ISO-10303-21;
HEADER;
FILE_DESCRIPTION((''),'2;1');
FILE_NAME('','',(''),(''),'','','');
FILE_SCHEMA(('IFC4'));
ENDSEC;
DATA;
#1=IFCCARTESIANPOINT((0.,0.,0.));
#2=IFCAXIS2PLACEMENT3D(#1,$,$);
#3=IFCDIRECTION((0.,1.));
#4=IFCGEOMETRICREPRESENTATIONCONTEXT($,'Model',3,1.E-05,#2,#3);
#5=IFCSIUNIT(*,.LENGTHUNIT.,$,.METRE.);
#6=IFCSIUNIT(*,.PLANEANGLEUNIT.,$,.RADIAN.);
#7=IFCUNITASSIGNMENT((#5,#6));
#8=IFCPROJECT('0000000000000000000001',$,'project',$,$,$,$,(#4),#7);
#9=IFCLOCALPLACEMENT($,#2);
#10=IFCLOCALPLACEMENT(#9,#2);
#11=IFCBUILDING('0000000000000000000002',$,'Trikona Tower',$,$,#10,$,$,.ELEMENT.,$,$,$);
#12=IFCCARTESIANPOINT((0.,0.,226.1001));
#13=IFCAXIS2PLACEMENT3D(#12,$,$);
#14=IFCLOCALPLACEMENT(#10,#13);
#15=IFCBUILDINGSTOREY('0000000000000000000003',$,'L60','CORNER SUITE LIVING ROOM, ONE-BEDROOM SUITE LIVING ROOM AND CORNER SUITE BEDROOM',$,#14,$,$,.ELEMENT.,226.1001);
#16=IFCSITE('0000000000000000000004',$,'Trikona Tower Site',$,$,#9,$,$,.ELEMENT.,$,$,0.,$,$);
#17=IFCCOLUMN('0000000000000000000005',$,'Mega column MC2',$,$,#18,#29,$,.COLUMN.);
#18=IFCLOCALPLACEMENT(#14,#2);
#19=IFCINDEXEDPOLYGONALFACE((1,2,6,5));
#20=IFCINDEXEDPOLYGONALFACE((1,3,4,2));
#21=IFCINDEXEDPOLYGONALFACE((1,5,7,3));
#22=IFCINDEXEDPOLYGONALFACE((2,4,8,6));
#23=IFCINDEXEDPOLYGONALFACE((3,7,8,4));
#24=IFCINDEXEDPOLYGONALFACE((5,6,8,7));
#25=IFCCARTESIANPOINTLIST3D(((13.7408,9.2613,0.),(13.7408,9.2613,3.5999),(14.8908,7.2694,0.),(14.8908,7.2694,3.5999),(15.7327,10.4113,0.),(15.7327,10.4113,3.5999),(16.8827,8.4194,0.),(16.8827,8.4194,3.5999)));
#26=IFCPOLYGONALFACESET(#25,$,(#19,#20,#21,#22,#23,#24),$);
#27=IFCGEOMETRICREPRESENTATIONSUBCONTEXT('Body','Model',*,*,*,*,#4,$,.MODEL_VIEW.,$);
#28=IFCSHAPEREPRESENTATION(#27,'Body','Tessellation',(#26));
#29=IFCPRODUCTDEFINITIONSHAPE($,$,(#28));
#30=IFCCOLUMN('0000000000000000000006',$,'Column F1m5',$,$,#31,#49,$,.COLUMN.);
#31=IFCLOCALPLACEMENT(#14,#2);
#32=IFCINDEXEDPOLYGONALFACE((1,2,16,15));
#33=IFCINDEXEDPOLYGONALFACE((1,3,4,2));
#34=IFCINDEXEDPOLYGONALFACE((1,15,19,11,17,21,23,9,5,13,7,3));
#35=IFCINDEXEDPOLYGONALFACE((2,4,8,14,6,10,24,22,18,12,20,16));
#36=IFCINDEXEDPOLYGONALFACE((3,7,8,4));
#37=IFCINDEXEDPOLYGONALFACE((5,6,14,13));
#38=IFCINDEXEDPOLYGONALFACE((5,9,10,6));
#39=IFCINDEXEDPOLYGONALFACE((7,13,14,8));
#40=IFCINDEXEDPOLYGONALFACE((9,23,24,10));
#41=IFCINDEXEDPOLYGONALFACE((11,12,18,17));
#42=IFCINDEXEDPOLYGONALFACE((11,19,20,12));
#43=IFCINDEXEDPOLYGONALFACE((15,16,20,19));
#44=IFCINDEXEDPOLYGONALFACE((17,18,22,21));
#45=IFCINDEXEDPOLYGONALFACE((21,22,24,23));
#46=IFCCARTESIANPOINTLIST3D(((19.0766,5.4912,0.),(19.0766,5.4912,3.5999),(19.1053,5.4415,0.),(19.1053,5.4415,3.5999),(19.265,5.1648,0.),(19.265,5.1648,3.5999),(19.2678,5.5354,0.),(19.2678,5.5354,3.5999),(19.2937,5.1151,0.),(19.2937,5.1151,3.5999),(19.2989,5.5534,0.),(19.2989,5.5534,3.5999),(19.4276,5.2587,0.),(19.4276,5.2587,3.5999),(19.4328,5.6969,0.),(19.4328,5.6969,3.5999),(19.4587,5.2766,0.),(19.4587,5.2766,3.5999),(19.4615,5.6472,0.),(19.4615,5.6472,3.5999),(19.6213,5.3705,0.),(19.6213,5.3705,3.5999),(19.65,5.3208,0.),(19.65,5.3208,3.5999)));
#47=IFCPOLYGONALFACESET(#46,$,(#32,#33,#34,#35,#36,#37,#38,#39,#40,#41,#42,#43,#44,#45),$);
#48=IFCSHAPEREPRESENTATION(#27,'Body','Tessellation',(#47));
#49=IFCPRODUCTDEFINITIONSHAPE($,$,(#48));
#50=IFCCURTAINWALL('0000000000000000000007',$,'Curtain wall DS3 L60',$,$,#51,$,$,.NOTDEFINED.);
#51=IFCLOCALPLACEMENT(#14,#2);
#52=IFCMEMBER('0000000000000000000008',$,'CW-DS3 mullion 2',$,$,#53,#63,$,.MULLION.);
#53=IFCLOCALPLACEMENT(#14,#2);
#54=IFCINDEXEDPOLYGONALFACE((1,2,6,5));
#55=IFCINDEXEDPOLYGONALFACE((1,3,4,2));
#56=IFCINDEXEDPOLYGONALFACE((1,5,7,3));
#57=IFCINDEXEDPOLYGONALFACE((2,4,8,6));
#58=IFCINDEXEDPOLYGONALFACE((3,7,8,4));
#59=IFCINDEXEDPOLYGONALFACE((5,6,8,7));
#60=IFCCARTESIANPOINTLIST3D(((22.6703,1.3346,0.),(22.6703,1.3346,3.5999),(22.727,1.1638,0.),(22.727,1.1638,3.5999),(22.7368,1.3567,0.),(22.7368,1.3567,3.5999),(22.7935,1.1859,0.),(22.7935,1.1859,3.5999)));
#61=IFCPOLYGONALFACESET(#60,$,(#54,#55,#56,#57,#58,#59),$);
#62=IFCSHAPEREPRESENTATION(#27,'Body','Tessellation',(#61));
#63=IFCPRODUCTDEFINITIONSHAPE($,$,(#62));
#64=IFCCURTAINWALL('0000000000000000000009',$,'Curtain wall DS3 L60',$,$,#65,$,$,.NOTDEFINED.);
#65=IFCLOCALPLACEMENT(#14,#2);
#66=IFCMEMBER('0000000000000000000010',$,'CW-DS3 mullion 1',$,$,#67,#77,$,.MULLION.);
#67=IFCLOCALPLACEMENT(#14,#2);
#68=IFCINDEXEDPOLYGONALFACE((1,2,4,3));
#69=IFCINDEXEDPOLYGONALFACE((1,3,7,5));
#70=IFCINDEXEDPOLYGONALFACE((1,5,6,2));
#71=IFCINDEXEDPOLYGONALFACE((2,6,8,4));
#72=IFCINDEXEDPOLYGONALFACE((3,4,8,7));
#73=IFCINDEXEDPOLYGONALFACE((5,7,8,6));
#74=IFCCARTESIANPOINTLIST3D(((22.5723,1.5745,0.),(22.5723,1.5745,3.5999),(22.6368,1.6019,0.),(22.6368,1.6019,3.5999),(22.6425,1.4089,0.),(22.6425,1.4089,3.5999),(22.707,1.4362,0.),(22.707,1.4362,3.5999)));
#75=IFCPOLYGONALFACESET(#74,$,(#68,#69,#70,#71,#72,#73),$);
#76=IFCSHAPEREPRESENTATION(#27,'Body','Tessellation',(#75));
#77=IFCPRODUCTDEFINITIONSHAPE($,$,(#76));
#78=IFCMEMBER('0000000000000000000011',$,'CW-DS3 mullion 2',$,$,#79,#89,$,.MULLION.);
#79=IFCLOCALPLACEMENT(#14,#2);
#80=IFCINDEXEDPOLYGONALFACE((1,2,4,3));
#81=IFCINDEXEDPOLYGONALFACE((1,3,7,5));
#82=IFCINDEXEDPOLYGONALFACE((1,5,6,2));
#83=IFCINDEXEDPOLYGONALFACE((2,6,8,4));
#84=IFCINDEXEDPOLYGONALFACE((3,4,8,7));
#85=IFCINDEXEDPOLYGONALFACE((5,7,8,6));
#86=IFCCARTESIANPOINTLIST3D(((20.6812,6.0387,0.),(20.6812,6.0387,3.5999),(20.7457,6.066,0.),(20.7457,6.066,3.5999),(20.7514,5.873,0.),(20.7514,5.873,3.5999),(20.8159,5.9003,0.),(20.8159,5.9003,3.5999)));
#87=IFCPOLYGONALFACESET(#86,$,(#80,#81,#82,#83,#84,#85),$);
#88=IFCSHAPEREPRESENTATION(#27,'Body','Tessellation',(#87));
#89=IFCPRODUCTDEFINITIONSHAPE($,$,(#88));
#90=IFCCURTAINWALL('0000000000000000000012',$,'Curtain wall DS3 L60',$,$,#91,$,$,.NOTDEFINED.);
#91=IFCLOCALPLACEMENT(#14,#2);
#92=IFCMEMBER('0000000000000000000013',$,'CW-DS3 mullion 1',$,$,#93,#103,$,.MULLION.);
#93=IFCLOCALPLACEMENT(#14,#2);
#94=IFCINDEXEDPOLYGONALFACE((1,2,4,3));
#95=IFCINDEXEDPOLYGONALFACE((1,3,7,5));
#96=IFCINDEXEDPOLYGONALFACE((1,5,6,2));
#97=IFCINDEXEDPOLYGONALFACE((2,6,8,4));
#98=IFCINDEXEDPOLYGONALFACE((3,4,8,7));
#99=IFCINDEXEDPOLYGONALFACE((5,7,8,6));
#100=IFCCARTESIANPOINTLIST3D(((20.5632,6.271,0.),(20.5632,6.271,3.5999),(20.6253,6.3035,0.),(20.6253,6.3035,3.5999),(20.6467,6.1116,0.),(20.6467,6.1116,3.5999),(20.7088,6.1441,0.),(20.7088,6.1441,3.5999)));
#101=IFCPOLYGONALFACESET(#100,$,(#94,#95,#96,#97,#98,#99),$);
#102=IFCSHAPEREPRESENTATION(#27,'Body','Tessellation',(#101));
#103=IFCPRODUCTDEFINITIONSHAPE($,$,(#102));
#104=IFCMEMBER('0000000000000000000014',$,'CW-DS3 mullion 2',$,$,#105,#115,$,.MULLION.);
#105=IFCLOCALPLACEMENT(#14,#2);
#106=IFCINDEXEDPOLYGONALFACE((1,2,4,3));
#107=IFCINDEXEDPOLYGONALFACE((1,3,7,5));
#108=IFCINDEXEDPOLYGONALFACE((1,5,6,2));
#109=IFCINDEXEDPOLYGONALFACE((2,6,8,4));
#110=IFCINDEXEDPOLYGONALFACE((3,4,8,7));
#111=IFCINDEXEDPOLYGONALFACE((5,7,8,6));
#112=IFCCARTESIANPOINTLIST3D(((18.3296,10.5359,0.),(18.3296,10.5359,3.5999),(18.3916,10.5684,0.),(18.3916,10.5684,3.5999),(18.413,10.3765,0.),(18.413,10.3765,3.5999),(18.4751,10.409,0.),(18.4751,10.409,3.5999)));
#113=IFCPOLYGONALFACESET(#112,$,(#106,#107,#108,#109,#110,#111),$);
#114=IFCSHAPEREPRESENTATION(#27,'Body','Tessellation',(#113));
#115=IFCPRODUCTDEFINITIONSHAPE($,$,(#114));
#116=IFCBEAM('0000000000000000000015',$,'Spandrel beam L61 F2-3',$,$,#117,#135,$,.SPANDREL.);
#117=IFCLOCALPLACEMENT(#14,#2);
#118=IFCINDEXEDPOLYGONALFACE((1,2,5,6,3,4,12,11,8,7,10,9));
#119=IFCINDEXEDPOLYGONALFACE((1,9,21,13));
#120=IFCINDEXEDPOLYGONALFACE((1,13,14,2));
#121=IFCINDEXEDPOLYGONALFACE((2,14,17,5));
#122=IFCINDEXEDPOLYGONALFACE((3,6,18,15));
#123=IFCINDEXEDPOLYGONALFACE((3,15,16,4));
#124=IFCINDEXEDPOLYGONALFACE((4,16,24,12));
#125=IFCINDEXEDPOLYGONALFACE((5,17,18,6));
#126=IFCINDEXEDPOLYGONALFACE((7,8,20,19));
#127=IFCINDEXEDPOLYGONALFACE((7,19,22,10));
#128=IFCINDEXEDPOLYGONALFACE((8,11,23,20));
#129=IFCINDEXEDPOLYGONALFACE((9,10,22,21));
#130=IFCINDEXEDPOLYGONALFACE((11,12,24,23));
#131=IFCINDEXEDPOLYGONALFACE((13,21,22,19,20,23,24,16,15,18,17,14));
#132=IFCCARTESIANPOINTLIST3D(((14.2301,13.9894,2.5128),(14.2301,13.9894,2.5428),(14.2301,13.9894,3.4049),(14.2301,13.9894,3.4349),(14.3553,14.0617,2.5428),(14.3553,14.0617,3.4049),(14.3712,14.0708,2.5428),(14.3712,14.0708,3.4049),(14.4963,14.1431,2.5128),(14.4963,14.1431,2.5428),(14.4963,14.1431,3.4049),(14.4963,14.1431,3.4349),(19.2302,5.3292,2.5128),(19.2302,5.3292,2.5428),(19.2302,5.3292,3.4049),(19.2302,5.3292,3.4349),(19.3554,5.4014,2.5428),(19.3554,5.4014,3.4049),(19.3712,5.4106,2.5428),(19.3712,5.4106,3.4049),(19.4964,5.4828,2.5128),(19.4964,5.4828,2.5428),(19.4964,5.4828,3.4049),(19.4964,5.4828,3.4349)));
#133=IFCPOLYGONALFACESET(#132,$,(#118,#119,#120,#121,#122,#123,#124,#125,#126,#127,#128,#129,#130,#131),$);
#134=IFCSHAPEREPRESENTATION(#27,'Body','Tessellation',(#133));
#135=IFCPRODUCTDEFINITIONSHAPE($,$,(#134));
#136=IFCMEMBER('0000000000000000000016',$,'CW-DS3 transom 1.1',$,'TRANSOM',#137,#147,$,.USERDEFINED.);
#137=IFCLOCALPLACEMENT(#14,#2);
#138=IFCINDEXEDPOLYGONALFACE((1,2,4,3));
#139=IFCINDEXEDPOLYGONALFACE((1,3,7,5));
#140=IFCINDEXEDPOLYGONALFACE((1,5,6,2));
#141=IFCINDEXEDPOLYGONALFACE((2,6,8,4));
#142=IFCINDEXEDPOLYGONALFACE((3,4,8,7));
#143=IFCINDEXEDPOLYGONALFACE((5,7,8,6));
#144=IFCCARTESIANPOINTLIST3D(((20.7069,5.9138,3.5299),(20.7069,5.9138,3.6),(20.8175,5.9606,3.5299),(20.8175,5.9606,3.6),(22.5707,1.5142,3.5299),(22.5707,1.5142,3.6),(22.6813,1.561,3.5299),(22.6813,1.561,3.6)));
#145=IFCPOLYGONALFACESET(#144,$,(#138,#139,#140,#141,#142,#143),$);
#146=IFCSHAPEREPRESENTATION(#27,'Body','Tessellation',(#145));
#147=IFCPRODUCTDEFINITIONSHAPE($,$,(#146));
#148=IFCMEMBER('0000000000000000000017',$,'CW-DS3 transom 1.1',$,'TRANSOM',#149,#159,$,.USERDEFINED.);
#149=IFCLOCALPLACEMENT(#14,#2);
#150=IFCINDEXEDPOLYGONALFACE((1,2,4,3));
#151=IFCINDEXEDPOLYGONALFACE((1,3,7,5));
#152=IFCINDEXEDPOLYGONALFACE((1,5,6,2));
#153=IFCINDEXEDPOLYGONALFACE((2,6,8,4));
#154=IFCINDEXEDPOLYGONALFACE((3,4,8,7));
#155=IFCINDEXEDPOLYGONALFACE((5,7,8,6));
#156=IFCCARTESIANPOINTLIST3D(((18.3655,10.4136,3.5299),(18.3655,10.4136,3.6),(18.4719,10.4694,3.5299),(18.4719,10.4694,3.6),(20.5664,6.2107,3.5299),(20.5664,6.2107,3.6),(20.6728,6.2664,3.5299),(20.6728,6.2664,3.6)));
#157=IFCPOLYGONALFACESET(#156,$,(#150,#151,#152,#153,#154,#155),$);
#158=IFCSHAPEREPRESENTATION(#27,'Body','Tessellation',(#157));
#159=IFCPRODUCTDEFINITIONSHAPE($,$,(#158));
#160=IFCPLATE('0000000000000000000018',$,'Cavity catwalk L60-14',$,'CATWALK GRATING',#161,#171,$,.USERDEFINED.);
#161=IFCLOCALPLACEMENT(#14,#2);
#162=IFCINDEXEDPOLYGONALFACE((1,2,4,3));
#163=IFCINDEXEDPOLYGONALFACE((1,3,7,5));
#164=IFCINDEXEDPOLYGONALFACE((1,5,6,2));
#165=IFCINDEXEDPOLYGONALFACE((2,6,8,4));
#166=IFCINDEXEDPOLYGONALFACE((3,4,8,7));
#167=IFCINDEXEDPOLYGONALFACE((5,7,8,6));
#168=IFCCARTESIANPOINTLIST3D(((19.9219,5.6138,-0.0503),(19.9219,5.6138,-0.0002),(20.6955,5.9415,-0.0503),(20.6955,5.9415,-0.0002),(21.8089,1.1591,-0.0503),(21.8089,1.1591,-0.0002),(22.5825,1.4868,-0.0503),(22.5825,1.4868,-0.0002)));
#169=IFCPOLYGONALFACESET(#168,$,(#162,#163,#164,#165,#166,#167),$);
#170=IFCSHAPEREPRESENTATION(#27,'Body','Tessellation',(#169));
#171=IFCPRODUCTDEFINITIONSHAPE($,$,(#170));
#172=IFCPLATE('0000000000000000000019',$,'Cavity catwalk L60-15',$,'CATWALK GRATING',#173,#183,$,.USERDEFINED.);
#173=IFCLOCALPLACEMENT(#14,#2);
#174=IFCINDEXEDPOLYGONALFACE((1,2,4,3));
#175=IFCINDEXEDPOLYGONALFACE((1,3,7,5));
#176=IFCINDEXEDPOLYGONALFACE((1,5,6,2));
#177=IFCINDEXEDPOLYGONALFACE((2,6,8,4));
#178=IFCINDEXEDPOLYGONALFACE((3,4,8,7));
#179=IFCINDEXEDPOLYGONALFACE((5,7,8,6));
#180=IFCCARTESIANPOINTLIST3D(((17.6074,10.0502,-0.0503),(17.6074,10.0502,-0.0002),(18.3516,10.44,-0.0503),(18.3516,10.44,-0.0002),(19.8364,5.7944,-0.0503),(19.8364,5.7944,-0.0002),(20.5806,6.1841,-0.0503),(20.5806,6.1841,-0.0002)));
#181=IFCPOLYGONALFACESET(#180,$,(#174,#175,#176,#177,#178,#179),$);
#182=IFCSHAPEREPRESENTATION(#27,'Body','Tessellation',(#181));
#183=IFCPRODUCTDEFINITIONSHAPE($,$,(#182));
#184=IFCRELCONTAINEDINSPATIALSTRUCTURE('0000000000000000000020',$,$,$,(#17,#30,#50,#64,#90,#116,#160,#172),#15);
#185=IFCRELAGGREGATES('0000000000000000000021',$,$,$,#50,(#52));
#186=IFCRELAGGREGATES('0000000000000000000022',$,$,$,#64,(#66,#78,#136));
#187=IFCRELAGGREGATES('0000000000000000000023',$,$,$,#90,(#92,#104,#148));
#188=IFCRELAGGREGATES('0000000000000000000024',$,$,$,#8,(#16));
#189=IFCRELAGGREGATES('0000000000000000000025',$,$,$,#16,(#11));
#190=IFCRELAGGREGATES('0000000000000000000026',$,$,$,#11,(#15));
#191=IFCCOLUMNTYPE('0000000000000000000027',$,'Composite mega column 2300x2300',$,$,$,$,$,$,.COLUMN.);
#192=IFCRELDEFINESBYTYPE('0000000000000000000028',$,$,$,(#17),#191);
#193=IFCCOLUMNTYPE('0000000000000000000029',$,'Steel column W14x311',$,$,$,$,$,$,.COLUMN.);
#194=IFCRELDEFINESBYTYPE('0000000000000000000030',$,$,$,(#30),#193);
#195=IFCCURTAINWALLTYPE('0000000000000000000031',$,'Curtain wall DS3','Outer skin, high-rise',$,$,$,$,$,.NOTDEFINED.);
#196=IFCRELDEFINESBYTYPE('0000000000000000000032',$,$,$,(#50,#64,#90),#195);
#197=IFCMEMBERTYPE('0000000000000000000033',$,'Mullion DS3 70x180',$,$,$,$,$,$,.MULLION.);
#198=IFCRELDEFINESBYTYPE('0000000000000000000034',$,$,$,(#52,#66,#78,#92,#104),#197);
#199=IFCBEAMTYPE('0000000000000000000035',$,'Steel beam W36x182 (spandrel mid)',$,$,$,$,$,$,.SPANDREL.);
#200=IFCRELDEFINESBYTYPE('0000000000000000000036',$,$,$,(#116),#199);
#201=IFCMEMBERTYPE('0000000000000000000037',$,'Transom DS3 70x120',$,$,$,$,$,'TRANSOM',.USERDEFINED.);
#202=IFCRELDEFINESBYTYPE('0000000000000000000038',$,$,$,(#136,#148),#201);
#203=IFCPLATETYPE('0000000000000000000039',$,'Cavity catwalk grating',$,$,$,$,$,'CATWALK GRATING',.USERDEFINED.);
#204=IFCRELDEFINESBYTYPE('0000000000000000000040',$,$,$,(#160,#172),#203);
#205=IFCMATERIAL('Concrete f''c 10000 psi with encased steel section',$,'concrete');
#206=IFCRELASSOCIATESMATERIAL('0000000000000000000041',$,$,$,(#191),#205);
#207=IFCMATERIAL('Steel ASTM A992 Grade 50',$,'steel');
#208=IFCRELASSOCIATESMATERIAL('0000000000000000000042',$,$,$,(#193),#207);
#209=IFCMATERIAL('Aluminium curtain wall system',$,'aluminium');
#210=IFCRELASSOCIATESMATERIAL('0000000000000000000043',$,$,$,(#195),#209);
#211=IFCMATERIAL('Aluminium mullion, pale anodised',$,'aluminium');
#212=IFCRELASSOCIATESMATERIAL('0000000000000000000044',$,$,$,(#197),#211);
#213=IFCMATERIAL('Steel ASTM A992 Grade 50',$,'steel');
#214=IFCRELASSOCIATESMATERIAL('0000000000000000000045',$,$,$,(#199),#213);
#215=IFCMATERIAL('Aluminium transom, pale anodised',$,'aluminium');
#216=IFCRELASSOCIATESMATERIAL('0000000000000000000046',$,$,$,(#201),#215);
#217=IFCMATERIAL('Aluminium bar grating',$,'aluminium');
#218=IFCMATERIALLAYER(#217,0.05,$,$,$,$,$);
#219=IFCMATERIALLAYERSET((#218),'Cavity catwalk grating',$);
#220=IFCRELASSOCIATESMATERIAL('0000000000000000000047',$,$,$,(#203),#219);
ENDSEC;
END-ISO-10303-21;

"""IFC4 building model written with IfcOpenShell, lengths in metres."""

from ifc_helpers import new_model, si_unit, direction, frame, origin, origin_2d, place, context, subcontext, project, spatial, rectangle, i_section, extrude, material, layer, layer_set, material_profile, profile_set, type_object, element, aggregate, save


model = new_model("IFC4")

# Units and contexts
model_context = context("Model", 3, precision=1e-05, world=origin(), true_north=direction((0.0, 1.0)))
body_context = subcontext(model_context, "Body", "Model", "MODEL_VIEW")
ifc_project = project(units=[si_unit("LENGTHUNIT", "METRE"), si_unit("PLANEANGLEUNIT", "RADIAN")], contexts=[model_context])

# Site, building, storey
site_placement = place(None, origin())
site = spatial("IfcSite", under=ifc_project, at=site_placement, Name="Trikona Tower Site", CompositionType="ELEMENT", RefElevation=0.0)
building_placement = place(site_placement, origin())
building = spatial("IfcBuilding", under=site, at=building_placement, Name="Trikona Tower", CompositionType="ELEMENT")
storey_placement = place(building_placement, frame((0.0, 0.0, 226.1001)))
storey = spatial("IfcBuildingStorey", under=building, at=storey_placement, Name="L60", Description="CORNER SUITE LIVING ROOM, ONE-BEDROOM SUITE LIVING ROOM AND CORNER SUITE BEDROOM", CompositionType="ELEMENT", Elevation=226.1001)

# Columns
ifc_material_1 = material(Name="Concrete f'c 10000 psi with encased steel section", Category="concrete")
ifc_material_profile_1 = material_profile(ifc_material_1, rectangle(XDim=2.3, YDim=2.3, at=origin_2d()), Name="MC2300")
ifc_profile_set_1 = profile_set([ifc_material_profile_1], Name="Concrete f'c 10000 psi with encased steel section")
column_type_1 = type_object("IfcColumnType", Name="Composite mega column 2300x2300", PredefinedType="COLUMN", material=ifc_profile_set_1)
column_1_placement = place(storey_placement, frame((15.3118, 8.8403, 0.0), z_axis=(0.0, 0.0, 1.0), x_axis=(0.866025, 0.5, 0.0)))
element("IfcColumn", 1, at=column_1_placement, inside=storey, type_object=column_type_1, Name="Mega column MC2", PredefinedType="COLUMN", context=body_context, shape_type="SweptSolid", body=[
    extrude(rectangle(XDim=2.3, YDim=2.3, at=origin_2d()), origin(), (0.0, 0.0, 1.0), 3.5999),
])
ifc_material_2 = material(Name="Steel ASTM A992 Grade 50", Category="steel")
ifc_material_profile_2 = material_profile(ifc_material_2, i_section(OverallWidth=0.4114, OverallDepth=0.4343, WebThickness=0.0359, FlangeThickness=0.0574, at=origin_2d()), Name="W14X311")
ifc_profile_set_2 = profile_set([ifc_material_profile_2], Name="Steel ASTM A992 Grade 50")
column_type_2 = type_object("IfcColumnType", Name="Steel column W14x311", PredefinedType="COLUMN", material=ifc_profile_set_2)
column_2_placement = place(storey_placement, frame((19.3633, 5.406, 0.0), z_axis=(0.0, 0.0, 1.0), x_axis=(0.866025, 0.5, 0.0)))
element("IfcColumn", 2, at=column_2_placement, inside=storey, type_object=column_type_2, Name="Column F1m5", PredefinedType="COLUMN", context=body_context, shape_type="SweptSolid", body=[
    extrude(i_section(OverallWidth=0.4114, OverallDepth=0.4343, WebThickness=0.0359, FlangeThickness=0.0574, at=origin_2d()), origin(), (0.0, 0.0, 1.0), 3.5999),
])

# Curtain wall, member
ifc_material_3 = material(Name="Aluminium curtain wall system", Category="aluminium")
curtain_wall_type = type_object("IfcCurtainWallType", Name="Curtain wall DS3", Description="Outer skin, high-rise", PredefinedType="NOTDEFINED", material=ifc_material_3)
curtain_wall_1_placement = place(storey_placement, origin())
curtain_wall_1 = element("IfcCurtainWall", 3, at=curtain_wall_1_placement, inside=storey, type_object=curtain_wall_type, Name="Curtain wall DS3 L60", PredefinedType="NOTDEFINED")
ifc_material_4 = material(Name="Aluminium mullion, pale anodised", Category="aluminium")
ifc_material_profile_3 = material_profile(ifc_material_4, rectangle(XDim=0.0701, YDim=0.1799, at=origin_2d()), Name="MUL-DS3")
ifc_profile_set_3 = profile_set([ifc_material_profile_3], Name="Aluminium mullion, pale anodised")
member_type_1 = type_object("IfcMemberType", Name="Mullion DS3 70x180", PredefinedType="MULLION", material=ifc_profile_set_3)
member_1_placement = place(storey_placement, frame((22.7319, 1.2603, 0.0), z_axis=(0.0, 0.0, 1.0), x_axis=(-0.949066, -0.315078, 0.0)))
member_1 = element("IfcMember", 4, at=member_1_placement, type_object=member_type_1, Name="CW-DS3 mullion 2", PredefinedType="MULLION", context=body_context, shape_type="SweptSolid", body=[
    extrude(rectangle(XDim=0.0701, YDim=0.1799, at=origin_2d()), origin(), (0.0, 0.0, 1.0), 3.5999),
])
aggregate(curtain_wall_1, [member_1])

# Curtain walls, members
curtain_wall_2_placement = place(storey_placement, origin())
curtain_wall_2 = element("IfcCurtainWall", 5, at=curtain_wall_2_placement, inside=storey, type_object=curtain_wall_type, Name="Curtain wall DS3 L60", PredefinedType="NOTDEFINED")
member_2_placement = place(storey_placement, frame((22.6396, 1.5054, 0.0), z_axis=(0.0, 0.0, 1.0), x_axis=(-0.920792, -0.390053, 0.0)))
member_2 = element("IfcMember", 6, at=member_2_placement, type_object=member_type_1, Name="CW-DS3 mullion 1", PredefinedType="MULLION", context=body_context, shape_type="SweptSolid", body=[
    extrude(rectangle(XDim=0.0701, YDim=0.1799, at=origin_2d()), origin(), (0.0, 0.0, 1.0), 3.5999),
])
member_3_placement = place(storey_placement, frame((20.7485, 5.9695, 0.0), z_axis=(0.0, 0.0, 1.0), x_axis=(-0.920792, -0.390053, 0.0)))
member_3 = element("IfcMember", 7, at=member_3_placement, type_object=member_type_1, Name="CW-DS3 mullion 2", PredefinedType="MULLION", context=body_context, shape_type="SweptSolid", body=[
    extrude(rectangle(XDim=0.0701, YDim=0.1799, at=origin_2d()), origin(), (0.0, 0.0, 1.0), 3.5999),
])
curtain_wall_3_placement = place(storey_placement, origin())
curtain_wall_3 = element("IfcCurtainWall", 8, at=curtain_wall_3_placement, inside=storey, type_object=curtain_wall_type, Name="Curtain wall DS3 L60", PredefinedType="NOTDEFINED")
member_4_placement = place(storey_placement, frame((20.636, 6.2075, 0.0), z_axis=(0.0, 0.0, 1.0), x_axis=(-0.885862, -0.463948, 0.0)))
member_4 = element("IfcMember", 9, at=member_4_placement, type_object=member_type_1, Name="CW-DS3 mullion 1", PredefinedType="MULLION", context=body_context, shape_type="SweptSolid", body=[
    extrude(rectangle(XDim=0.0701, YDim=0.1799, at=origin_2d()), origin(), (0.0, 0.0, 1.0), 3.5999),
])
member_5_placement = place(storey_placement, frame((18.4023, 10.4724, 0.0), z_axis=(0.0, 0.0, 1.0), x_axis=(-0.885862, -0.463948, 0.0)))
member_5 = element("IfcMember", 10, at=member_5_placement, type_object=member_type_1, Name="CW-DS3 mullion 2", PredefinedType="MULLION", context=body_context, shape_type="SweptSolid", body=[
    extrude(rectangle(XDim=0.0701, YDim=0.1799, at=origin_2d()), origin(), (0.0, 0.0, 1.0), 3.5999),
])

# Beam
ifc_material_5 = material(Name="Steel ASTM A992 Grade 50", Category="steel")
ifc_material_profile_4 = material_profile(ifc_material_5, i_section(OverallWidth=0.3074, OverallDepth=0.9221, WebThickness=0.0183, FlangeThickness=0.03, at=origin_2d()), Name="W36X182")
ifc_profile_set_4 = profile_set([ifc_material_profile_4], Name="Steel ASTM A992 Grade 50")
beam_type = type_object("IfcBeamType", Name="Steel beam W36x182 (spandrel mid)", PredefinedType="SPANDREL", material=ifc_profile_set_4)
beam_placement = place(storey_placement, frame((19.3633, 5.406, 2.9739), z_axis=(-0.500004, 0.866023, 0.0), x_axis=(-0.866023, -0.500004, 0.0)))
element("IfcBeam", 11, at=beam_placement, inside=storey, type_object=beam_type, Name="Spandrel beam L61 F2-3", PredefinedType="SPANDREL", context=body_context, shape_type="SweptSolid", body=[
    extrude(i_section(OverallWidth=0.3074, OverallDepth=0.9221, WebThickness=0.0183, FlangeThickness=0.03, at=origin_2d()), origin(), (0.0, 0.0, 1.0), 10.0),
])

# Members
ifc_material_6 = material(Name="Aluminium transom, pale anodised", Category="aluminium")
ifc_material_profile_5 = material_profile(ifc_material_6, rectangle(XDim=0.1201, YDim=0.0701, at=origin_2d()), Name="TRN-DS3")
ifc_profile_set_5 = profile_set([ifc_material_profile_5], Name="Aluminium transom, pale anodised")
member_type_2 = type_object("IfcMemberType", Name="Transom DS3 70x120", ElementType="TRANSOM", PredefinedType="USERDEFINED", material=ifc_profile_set_5)
member_6_placement = place(storey_placement, frame((22.626, 1.5376, 3.5649), z_axis=(-0.390062, 0.920789, 0.0), x_axis=(-0.920789, -0.390062, 0.0)))
member_6 = element("IfcMember", 12, at=member_6_placement, type_object=member_type_2, Name="CW-DS3 transom 1.1", ObjectType="TRANSOM", PredefinedType="USERDEFINED", context=body_context, shape_type="SweptSolid", body=[
    extrude(rectangle(XDim=0.1201, YDim=0.0701, at=origin_2d()), origin(), (0.0, 0.0, 1.0), 4.7781),
])
member_7_placement = place(storey_placement, frame((20.6196, 6.2385, 3.5649), z_axis=(-0.463911, 0.885882, 0.0), x_axis=(-0.885882, -0.463911, 0.0)))
member_7 = element("IfcMember", 13, at=member_7_placement, type_object=member_type_2, Name="CW-DS3 transom 1.1", ObjectType="TRANSOM", PredefinedType="USERDEFINED", context=body_context, shape_type="SweptSolid", body=[
    extrude(rectangle(XDim=0.1201, YDim=0.0701, at=origin_2d()), origin(), (0.0, 0.0, 1.0), 4.7444),
])

# Plates
ifc_material_7 = material(Name="Aluminium bar grating", Category="aluminium")
ifc_layer_1 = layer(ifc_material_7, 0.05)
ifc_layer_set_1 = layer_set([ifc_layer_1], Name="Cavity catwalk grating")
plate_type_1 = type_object("IfcPlateType", Name="Cavity catwalk grating", ElementType="CATWALK GRATING", PredefinedType="USERDEFINED", material=ifc_layer_set_1)
plate_1_placement = place(storey_placement, frame((21.2522, 3.5503, -0.0503), z_axis=(0.0, 0.0, 1.0), x_axis=(-0.390051, 0.920793, 0.0)))
element("IfcPlate", 14, at=plate_1_placement, inside=storey, type_object=plate_type_1, Name="Cavity catwalk L60-14", ObjectType="CATWALK GRATING", PredefinedType="USERDEFINED", context=body_context, shape_type="SweptSolid", body=[
    extrude(rectangle(XDim=4.8379, YDim=0.8401, at=origin_2d()), origin(), (0.0, 0.0, 1.0), 0.05),
])
plate_2_placement = place(storey_placement, frame((19.094, 8.1172, -0.0503), z_axis=(0.0, 0.0, 1.0), x_axis=(-0.463952, 0.88586, 0.0)))
element("IfcPlate", 15, at=plate_2_placement, inside=storey, type_object=plate_type_1, Name="Cavity catwalk L60-15", ObjectType="CATWALK GRATING", PredefinedType="USERDEFINED", context=body_context, shape_type="SweptSolid", body=[
    extrude(rectangle(XDim=4.8042, YDim=0.8401, at=origin_2d()), origin(), (0.0, 0.0, 1.0), 0.05),
])

aggregate(curtain_wall_2, [member_2, member_3, member_6])
aggregate(curtain_wall_3, [member_4, member_5, member_7])

save(model, "model.ifc")
